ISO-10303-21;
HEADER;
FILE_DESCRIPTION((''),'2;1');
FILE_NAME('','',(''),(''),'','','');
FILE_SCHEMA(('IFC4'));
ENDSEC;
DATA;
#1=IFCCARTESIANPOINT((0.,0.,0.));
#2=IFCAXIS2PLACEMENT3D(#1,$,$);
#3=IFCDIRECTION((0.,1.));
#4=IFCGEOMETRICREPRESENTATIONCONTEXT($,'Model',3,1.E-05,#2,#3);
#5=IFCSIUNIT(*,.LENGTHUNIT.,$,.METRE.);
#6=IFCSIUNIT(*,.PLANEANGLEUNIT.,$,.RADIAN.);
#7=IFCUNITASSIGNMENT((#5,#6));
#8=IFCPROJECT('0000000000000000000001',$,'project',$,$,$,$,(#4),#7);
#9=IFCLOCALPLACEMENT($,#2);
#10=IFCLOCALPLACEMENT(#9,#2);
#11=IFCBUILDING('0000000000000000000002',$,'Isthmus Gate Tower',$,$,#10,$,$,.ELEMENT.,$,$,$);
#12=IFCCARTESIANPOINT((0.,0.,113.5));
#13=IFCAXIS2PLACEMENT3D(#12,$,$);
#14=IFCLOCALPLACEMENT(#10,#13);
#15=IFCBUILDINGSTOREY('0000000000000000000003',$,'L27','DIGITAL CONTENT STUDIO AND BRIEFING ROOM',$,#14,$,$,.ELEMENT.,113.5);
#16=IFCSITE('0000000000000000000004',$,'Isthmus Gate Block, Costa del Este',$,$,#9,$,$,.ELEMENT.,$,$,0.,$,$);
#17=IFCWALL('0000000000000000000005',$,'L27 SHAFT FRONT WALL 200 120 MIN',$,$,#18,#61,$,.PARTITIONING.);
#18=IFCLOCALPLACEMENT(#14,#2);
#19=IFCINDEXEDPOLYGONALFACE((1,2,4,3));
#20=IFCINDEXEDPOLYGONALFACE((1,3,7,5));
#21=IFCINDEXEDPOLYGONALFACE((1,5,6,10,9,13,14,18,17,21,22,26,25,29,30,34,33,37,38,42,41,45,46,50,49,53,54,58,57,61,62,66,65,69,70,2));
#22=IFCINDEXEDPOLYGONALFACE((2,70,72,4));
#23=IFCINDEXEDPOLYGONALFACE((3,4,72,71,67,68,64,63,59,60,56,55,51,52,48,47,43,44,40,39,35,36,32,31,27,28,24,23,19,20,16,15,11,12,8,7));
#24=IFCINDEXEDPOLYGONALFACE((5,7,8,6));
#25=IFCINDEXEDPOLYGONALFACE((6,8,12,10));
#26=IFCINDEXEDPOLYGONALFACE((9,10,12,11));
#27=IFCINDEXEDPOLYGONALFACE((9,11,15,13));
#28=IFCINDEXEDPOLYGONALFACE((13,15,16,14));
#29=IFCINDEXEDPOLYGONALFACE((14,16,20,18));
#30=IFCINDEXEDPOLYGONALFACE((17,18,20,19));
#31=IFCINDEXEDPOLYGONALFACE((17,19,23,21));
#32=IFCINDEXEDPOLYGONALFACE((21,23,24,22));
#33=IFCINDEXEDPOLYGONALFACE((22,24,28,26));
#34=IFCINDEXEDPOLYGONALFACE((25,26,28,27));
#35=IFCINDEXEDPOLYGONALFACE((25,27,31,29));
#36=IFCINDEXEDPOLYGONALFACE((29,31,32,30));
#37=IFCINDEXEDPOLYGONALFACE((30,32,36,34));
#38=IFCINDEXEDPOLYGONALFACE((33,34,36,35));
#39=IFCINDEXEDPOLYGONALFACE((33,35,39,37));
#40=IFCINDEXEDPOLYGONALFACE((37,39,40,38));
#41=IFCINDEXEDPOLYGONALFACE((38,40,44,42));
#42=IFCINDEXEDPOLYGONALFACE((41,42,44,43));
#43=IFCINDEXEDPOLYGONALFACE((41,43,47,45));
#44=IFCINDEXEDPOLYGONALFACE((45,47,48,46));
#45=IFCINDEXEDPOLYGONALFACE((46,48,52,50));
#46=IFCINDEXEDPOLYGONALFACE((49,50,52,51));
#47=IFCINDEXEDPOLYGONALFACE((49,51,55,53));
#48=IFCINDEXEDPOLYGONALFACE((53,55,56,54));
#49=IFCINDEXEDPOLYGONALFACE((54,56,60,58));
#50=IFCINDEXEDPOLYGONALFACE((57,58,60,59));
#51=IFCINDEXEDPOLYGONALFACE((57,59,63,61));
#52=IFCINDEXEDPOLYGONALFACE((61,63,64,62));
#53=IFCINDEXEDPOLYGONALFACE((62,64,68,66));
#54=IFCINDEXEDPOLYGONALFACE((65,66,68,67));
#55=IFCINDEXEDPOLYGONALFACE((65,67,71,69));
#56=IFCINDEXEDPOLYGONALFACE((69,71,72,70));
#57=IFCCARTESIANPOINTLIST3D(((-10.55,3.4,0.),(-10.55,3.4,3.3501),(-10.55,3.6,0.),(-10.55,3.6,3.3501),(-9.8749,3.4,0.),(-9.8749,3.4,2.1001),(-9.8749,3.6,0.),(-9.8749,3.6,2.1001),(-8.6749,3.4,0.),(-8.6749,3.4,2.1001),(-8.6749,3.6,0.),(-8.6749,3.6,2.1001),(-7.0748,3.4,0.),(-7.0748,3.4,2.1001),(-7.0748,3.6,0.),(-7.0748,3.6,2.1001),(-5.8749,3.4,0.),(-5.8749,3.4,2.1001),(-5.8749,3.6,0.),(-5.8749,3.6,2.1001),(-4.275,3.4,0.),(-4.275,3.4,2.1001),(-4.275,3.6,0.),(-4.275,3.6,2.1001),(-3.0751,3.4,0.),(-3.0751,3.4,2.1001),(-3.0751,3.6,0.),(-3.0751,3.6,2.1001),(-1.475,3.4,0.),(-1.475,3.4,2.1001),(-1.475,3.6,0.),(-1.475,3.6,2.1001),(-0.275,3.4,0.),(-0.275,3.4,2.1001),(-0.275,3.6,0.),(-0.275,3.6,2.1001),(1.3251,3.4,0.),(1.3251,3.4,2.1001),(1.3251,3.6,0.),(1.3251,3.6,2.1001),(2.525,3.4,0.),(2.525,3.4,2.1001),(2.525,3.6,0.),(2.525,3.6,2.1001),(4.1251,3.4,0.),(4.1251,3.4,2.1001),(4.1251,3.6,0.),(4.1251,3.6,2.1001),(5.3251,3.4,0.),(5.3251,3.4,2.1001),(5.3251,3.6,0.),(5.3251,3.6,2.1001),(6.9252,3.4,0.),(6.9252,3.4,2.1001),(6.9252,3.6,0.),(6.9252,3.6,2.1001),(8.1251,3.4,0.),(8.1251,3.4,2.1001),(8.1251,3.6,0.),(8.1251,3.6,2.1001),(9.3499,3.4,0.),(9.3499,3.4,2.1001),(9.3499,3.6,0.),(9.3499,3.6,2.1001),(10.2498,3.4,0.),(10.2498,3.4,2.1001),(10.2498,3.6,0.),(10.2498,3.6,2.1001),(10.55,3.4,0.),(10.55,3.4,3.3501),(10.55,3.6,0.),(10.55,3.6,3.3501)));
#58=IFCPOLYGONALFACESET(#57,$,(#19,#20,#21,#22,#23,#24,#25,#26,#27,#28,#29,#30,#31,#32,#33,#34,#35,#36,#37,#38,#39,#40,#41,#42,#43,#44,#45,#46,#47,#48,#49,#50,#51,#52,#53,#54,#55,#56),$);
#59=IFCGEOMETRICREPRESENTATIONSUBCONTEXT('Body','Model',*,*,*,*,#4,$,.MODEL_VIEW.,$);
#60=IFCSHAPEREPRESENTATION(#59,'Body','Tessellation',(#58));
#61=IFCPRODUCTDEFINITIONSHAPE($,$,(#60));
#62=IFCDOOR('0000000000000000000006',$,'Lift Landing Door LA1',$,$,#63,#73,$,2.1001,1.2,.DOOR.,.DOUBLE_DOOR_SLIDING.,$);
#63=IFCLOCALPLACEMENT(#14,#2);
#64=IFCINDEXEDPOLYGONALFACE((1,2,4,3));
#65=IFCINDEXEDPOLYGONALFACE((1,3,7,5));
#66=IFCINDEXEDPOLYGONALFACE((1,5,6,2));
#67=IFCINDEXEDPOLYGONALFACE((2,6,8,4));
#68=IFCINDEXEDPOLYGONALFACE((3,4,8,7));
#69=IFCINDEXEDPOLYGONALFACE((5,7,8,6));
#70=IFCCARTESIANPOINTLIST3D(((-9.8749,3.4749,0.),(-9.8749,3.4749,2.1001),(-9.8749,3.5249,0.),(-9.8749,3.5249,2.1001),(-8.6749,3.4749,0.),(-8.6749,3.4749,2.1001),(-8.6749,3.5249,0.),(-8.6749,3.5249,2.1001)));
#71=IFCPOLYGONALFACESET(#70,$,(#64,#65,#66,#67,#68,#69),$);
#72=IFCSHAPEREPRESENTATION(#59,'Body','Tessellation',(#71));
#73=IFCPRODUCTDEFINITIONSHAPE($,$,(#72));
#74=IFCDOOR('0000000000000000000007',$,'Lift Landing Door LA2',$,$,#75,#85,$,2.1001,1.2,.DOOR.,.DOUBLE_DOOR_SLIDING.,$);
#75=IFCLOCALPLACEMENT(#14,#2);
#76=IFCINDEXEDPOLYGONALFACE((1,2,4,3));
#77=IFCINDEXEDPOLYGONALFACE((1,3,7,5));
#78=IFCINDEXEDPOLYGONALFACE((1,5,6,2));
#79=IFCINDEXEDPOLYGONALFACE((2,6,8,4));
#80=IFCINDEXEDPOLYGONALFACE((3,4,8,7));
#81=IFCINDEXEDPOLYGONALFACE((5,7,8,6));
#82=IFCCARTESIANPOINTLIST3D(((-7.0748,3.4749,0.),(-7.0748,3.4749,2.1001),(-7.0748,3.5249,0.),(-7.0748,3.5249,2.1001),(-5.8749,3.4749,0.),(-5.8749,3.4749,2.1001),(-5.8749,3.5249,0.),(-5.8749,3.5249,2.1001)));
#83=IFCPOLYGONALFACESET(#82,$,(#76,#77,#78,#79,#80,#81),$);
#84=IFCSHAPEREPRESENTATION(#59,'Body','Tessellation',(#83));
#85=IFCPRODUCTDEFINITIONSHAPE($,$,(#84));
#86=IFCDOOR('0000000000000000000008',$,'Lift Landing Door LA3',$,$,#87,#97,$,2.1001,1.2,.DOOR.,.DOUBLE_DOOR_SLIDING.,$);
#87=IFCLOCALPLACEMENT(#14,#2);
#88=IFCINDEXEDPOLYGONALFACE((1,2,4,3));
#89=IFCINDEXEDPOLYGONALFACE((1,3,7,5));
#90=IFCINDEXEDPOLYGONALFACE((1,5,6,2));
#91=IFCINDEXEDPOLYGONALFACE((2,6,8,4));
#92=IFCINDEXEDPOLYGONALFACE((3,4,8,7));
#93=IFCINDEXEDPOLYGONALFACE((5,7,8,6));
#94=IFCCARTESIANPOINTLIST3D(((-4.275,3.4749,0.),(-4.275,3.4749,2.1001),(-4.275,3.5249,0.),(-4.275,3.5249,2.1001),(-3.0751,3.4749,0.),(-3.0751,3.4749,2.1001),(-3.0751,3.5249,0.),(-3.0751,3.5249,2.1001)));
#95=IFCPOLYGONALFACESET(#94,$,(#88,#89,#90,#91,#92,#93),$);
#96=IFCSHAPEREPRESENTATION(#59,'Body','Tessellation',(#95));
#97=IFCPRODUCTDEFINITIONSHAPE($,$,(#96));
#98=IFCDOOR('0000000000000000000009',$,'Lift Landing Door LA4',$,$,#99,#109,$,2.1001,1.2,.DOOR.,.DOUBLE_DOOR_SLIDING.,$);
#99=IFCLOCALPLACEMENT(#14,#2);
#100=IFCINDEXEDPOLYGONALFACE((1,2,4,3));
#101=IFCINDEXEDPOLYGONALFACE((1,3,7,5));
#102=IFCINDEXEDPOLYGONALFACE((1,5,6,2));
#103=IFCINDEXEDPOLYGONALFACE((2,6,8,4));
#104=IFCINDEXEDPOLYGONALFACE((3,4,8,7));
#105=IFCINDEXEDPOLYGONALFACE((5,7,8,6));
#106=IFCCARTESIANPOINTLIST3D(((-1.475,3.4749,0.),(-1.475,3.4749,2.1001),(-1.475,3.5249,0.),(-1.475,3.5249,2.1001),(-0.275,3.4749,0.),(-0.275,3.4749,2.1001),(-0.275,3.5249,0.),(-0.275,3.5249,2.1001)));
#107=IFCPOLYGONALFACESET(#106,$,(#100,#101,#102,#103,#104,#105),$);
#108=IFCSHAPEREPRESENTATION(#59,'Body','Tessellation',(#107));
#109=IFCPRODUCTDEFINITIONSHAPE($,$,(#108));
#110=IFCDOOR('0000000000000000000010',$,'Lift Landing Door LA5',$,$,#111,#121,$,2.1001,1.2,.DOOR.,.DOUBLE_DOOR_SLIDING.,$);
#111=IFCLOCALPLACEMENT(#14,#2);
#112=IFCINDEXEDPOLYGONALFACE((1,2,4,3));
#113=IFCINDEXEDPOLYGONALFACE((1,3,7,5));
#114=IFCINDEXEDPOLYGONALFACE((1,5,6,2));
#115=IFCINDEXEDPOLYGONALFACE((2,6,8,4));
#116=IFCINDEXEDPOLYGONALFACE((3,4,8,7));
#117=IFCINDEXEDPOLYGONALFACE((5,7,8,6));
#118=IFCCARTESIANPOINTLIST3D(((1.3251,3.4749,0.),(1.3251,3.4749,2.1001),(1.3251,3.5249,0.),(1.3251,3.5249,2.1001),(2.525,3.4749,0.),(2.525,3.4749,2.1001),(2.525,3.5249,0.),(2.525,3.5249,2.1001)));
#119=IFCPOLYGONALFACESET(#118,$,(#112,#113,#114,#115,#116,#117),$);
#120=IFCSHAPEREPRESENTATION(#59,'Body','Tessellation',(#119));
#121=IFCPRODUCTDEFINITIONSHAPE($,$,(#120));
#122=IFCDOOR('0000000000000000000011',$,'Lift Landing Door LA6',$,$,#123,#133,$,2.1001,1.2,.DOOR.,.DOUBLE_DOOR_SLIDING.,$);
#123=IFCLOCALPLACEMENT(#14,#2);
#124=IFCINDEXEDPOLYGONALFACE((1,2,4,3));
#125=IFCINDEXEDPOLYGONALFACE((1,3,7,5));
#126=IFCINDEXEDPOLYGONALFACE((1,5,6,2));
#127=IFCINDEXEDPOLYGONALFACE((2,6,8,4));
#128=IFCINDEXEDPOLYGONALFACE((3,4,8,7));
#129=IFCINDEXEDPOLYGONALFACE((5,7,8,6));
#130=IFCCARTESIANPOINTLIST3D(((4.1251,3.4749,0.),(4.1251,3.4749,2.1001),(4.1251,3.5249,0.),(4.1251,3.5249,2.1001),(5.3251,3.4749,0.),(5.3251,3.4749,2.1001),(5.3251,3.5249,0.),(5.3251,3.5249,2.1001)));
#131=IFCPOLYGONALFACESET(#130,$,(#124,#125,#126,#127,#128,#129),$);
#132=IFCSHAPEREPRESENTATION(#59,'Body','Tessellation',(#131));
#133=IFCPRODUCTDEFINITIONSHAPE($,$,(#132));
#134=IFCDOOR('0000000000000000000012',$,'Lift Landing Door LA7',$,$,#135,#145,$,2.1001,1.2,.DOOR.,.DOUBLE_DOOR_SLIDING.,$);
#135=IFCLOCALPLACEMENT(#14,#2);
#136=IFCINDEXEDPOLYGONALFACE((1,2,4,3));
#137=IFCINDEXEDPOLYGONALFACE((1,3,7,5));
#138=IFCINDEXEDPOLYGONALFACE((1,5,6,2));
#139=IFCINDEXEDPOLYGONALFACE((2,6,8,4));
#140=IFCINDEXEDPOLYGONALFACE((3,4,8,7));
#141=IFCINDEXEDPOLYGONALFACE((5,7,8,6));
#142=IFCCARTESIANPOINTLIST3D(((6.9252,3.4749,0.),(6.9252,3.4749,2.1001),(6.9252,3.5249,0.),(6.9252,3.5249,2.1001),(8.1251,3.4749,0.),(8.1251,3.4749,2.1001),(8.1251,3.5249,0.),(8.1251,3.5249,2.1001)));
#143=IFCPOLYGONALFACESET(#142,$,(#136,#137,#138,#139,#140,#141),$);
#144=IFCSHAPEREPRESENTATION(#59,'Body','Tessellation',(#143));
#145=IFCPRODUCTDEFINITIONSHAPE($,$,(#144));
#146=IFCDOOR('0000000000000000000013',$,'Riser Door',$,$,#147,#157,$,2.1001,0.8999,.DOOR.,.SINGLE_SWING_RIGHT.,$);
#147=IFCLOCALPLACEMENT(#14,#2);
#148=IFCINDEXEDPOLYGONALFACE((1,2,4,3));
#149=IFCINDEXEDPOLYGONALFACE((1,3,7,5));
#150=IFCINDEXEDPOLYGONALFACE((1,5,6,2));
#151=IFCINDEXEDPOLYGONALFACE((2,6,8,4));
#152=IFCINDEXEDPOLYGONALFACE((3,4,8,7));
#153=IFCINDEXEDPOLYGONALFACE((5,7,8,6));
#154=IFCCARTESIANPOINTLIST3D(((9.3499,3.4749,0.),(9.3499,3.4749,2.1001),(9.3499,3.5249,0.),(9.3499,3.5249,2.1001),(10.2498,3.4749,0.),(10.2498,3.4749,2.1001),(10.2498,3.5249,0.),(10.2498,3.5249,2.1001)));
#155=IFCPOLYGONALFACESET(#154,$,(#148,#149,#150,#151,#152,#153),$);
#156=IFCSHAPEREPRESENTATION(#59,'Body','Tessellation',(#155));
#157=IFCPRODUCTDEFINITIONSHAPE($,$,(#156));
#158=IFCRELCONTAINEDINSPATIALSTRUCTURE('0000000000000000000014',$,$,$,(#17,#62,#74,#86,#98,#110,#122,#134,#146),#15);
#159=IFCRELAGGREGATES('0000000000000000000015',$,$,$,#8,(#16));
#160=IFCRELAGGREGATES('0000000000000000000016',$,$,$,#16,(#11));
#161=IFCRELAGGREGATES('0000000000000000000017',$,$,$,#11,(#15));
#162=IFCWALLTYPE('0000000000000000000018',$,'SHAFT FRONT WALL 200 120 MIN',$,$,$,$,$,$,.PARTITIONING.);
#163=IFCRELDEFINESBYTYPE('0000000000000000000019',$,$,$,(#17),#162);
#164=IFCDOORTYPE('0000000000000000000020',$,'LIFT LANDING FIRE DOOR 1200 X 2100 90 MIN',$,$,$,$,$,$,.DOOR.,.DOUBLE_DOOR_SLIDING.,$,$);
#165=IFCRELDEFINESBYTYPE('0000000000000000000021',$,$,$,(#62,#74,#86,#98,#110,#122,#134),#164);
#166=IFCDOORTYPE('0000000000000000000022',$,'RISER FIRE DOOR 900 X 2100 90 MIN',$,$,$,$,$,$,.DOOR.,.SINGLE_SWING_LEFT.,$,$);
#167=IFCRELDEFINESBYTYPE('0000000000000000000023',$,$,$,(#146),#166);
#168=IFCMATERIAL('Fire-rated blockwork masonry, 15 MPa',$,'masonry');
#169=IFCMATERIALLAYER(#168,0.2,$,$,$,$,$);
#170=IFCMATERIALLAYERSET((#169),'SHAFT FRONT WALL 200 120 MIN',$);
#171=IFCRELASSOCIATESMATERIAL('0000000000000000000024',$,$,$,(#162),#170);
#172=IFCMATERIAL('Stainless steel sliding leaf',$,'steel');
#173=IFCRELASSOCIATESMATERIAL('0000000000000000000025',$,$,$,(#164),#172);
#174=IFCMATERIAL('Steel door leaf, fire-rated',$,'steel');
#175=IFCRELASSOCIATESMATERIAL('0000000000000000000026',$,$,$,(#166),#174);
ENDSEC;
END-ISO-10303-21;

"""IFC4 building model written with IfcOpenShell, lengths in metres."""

from ifc_helpers import new_model, si_unit, direction, frame, frame_2d, origin, place, context, subcontext, project, spatial, rectangle, extrude, material, layer, layer_set, type_object, element, fill, save


model = new_model("IFC4")

# Units and contexts
model_context = context("Model", 3, precision=1e-05, world=origin(), true_north=direction((0.0, 1.0)))
body_context = subcontext(model_context, "Body", "Model", "MODEL_VIEW")
ifc_project = project(units=[si_unit("LENGTHUNIT", "METRE"), si_unit("PLANEANGLEUNIT", "RADIAN")], contexts=[model_context])

# Site, building, storey
site_placement = place(None, origin())
site = spatial("IfcSite", under=ifc_project, at=site_placement, Name="Isthmus Gate Block, Costa del Este", CompositionType="ELEMENT", RefElevation=0.0)
building_placement = place(site_placement, origin())
building = spatial("IfcBuilding", under=site, at=building_placement, Name="Isthmus Gate Tower", CompositionType="ELEMENT")
storey_placement = place(building_placement, frame((0.0, 0.0, 113.5)))
storey = spatial("IfcBuildingStorey", under=building, at=storey_placement, Name="L27", Description="DIGITAL CONTENT STUDIO AND BRIEFING ROOM", CompositionType="ELEMENT", Elevation=113.5)

# Wall, openings, doors
ifc_material_1 = material(Name="Fire-rated blockwork masonry, 15 MPa", Category="masonry")
ifc_layer_1 = layer(ifc_material_1, 0.2)
ifc_layer_set_1 = layer_set([ifc_layer_1], Name="SHAFT FRONT WALL 200 120 MIN")
wall_type_1 = type_object("IfcWallType", Name="SHAFT FRONT WALL 200 120 MIN", PredefinedType="PARTITIONING", material=ifc_layer_set_1)
wall_1_placement = place(storey_placement, frame((-10.55, 3.5, 0.0), z_axis=(0.0, 0.0, 1.0), x_axis=(1.0, 0.0, 0.0)))
wall_1 = element("IfcWall", 1, at=wall_1_placement, inside=storey, type_object=wall_type_1, Name="L27 SHAFT FRONT WALL 200 120 MIN", PredefinedType="PARTITIONING", context=body_context, shape_type="SweptSolid", body=[
    extrude(rectangle(XDim=21.1001, YDim=0.2, at=frame_2d((10.55, 0.0))), origin(), (0.0, 0.0, 1.0), 3.3501),
])
opening_1_placement = place(wall_1_placement, frame((0.675, 0.0, 0.0)))
opening_1 = element("IfcOpeningElement", 2, at=opening_1_placement, cuts=wall_1, PredefinedType="OPENING", context=body_context, shape_type="SweptSolid", body=[
    extrude(rectangle(XDim=1.2, YDim=2.1001, at=frame_2d((0.6001, 1.05))), frame((0.0, 0.1099, 0.0), z_axis=(0.0, -1.0, 0.0), x_axis=(1.0, 0.0, 0.0)), (0.0, 0.0, 1.0), 0.22),
])
opening_2_placement = place(wall_1_placement, frame((3.4751, 0.0, 0.0)))
opening_2 = element("IfcOpeningElement", 3, at=opening_2_placement, cuts=wall_1, PredefinedType="OPENING", context=body_context, shape_type="SweptSolid", body=[
    extrude(rectangle(XDim=1.2, YDim=2.1001, at=frame_2d((0.6001, 1.05))), frame((0.0, 0.1099, 0.0), z_axis=(0.0, -1.0, 0.0), x_axis=(1.0, 0.0, 0.0)), (0.0, 0.0, 1.0), 0.22),
])
opening_3_placement = place(wall_1_placement, frame((6.2749, 0.0, 0.0)))
opening_3 = element("IfcOpeningElement", 4, at=opening_3_placement, cuts=wall_1, PredefinedType="OPENING", context=body_context, shape_type="SweptSolid", body=[
    extrude(rectangle(XDim=1.2, YDim=2.1001, at=frame_2d((0.6001, 1.05))), frame((0.0, 0.1099, 0.0), z_axis=(0.0, -1.0, 0.0), x_axis=(1.0, 0.0, 0.0)), (0.0, 0.0, 1.0), 0.22),
])
opening_4_placement = place(wall_1_placement, frame((9.075, 0.0, 0.0)))
opening_4 = element("IfcOpeningElement", 5, at=opening_4_placement, cuts=wall_1, PredefinedType="OPENING", context=body_context, shape_type="SweptSolid", body=[
    extrude(rectangle(XDim=1.2, YDim=2.1001, at=frame_2d((0.6001, 1.05))), frame((0.0, 0.1099, 0.0), z_axis=(0.0, -1.0, 0.0), x_axis=(1.0, 0.0, 0.0)), (0.0, 0.0, 1.0), 0.22),
])
opening_5_placement = place(wall_1_placement, frame((11.875, 0.0, 0.0)))
opening_5 = element("IfcOpeningElement", 6, at=opening_5_placement, cuts=wall_1, PredefinedType="OPENING", context=body_context, shape_type="SweptSolid", body=[
    extrude(rectangle(XDim=1.2, YDim=2.1001, at=frame_2d((0.6001, 1.05))), frame((0.0, 0.1099, 0.0), z_axis=(0.0, -1.0, 0.0), x_axis=(1.0, 0.0, 0.0)), (0.0, 0.0, 1.0), 0.22),
])
opening_6_placement = place(wall_1_placement, frame((14.675, 0.0, 0.0)))
opening_6 = element("IfcOpeningElement", 7, at=opening_6_placement, cuts=wall_1, PredefinedType="OPENING", context=body_context, shape_type="SweptSolid", body=[
    extrude(rectangle(XDim=1.2, YDim=2.1001, at=frame_2d((0.6001, 1.05))), frame((0.0, 0.1099, 0.0), z_axis=(0.0, -1.0, 0.0), x_axis=(1.0, 0.0, 0.0)), (0.0, 0.0, 1.0), 0.22),
])
opening_7_placement = place(wall_1_placement, frame((17.4751, 0.0, 0.0)))
opening_7 = element("IfcOpeningElement", 8, at=opening_7_placement, cuts=wall_1, PredefinedType="OPENING", context=body_context, shape_type="SweptSolid", body=[
    extrude(rectangle(XDim=1.2, YDim=2.1001, at=frame_2d((0.6001, 1.05))), frame((0.0, 0.1099, 0.0), z_axis=(0.0, -1.0, 0.0), x_axis=(1.0, 0.0, 0.0)), (0.0, 0.0, 1.0), 0.22),
])
opening_8_placement = place(wall_1_placement, frame((19.8999, 0.0, 0.0)))
opening_8 = element("IfcOpeningElement", 9, at=opening_8_placement, cuts=wall_1, PredefinedType="OPENING", context=body_context, shape_type="SweptSolid", body=[
    extrude(rectangle(XDim=0.8999, YDim=2.1001, at=frame_2d((0.45, 1.05))), frame((0.0, 0.1099, 0.0), z_axis=(0.0, -1.0, 0.0), x_axis=(1.0, 0.0, 0.0)), (0.0, 0.0, 1.0), 0.22),
])
ifc_material_2 = material(Name="Stainless steel sliding leaf", Category="steel")
door_type_1 = type_object("IfcDoorType", Name="LIFT LANDING FIRE DOOR 1200 X 2100 90 MIN", OperationType="DOUBLE_DOOR_SLIDING", PredefinedType="DOOR", material=ifc_material_2)
door_1_placement = place(opening_1_placement, origin())
door_1 = element("IfcDoor", 10, at=door_1_placement, inside=storey, type_object=door_type_1, Name="Lift Landing Door LA1", OperationType="DOUBLE_DOOR_SLIDING", OverallHeight=2.1001, OverallWidth=1.2, PredefinedType="DOOR", context=body_context, shape_type="SweptSolid", body=[
    extrude(rectangle(XDim=1.2, YDim=2.1001, at=frame_2d((0.6001, 1.05))), frame((0.0, 0.0249, 0.0), z_axis=(0.0, -1.0, 0.0), x_axis=(1.0, 0.0, 0.0)), (0.0, 0.0, 1.0), 0.05),
])
fill(opening_1, door_1)
door_2_placement = place(opening_2_placement, origin())
door_2 = element("IfcDoor", 11, at=door_2_placement, inside=storey, type_object=door_type_1, Name="Lift Landing Door LA2", OperationType="DOUBLE_DOOR_SLIDING", OverallHeight=2.1001, OverallWidth=1.2, PredefinedType="DOOR", context=body_context, shape_type="SweptSolid", body=[
    extrude(rectangle(XDim=1.2, YDim=2.1001, at=frame_2d((0.6001, 1.05))), frame((0.0, 0.0249, 0.0), z_axis=(0.0, -1.0, 0.0), x_axis=(1.0, 0.0, 0.0)), (0.0, 0.0, 1.0), 0.05),
])
fill(opening_2, door_2)
door_3_placement = place(opening_3_placement, origin())
door_3 = element("IfcDoor", 12, at=door_3_placement, inside=storey, type_object=door_type_1, Name="Lift Landing Door LA3", OperationType="DOUBLE_DOOR_SLIDING", OverallHeight=2.1001, OverallWidth=1.2, PredefinedType="DOOR", context=body_context, shape_type="SweptSolid", body=[
    extrude(rectangle(XDim=1.2, YDim=2.1001, at=frame_2d((0.6001, 1.05))), frame((0.0, 0.0249, 0.0), z_axis=(0.0, -1.0, 0.0), x_axis=(1.0, 0.0, 0.0)), (0.0, 0.0, 1.0), 0.05),
])
fill(opening_3, door_3)
door_4_placement = place(opening_4_placement, origin())
door_4 = element("IfcDoor", 13, at=door_4_placement, inside=storey, type_object=door_type_1, Name="Lift Landing Door LA4", OperationType="DOUBLE_DOOR_SLIDING", OverallHeight=2.1001, OverallWidth=1.2, PredefinedType="DOOR", context=body_context, shape_type="SweptSolid", body=[
    extrude(rectangle(XDim=1.2, YDim=2.1001, at=frame_2d((0.6001, 1.05))), frame((0.0, 0.0249, 0.0), z_axis=(0.0, -1.0, 0.0), x_axis=(1.0, 0.0, 0.0)), (0.0, 0.0, 1.0), 0.05),
])
fill(opening_4, door_4)
door_5_placement = place(opening_5_placement, origin())
door_5 = element("IfcDoor", 14, at=door_5_placement, inside=storey, type_object=door_type_1, Name="Lift Landing Door LA5", OperationType="DOUBLE_DOOR_SLIDING", OverallHeight=2.1001, OverallWidth=1.2, PredefinedType="DOOR", context=body_context, shape_type="SweptSolid", body=[
    extrude(rectangle(XDim=1.2, YDim=2.1001, at=frame_2d((0.6001, 1.05))), frame((0.0, 0.0249, 0.0), z_axis=(0.0, -1.0, 0.0), x_axis=(1.0, 0.0, 0.0)), (0.0, 0.0, 1.0), 0.05),
])
fill(opening_5, door_5)
door_6_placement = place(opening_6_placement, origin())
door_6 = element("IfcDoor", 15, at=door_6_placement, inside=storey, type_object=door_type_1, Name="Lift Landing Door LA6", OperationType="DOUBLE_DOOR_SLIDING", OverallHeight=2.1001, OverallWidth=1.2, PredefinedType="DOOR", context=body_context, shape_type="SweptSolid", body=[
    extrude(rectangle(XDim=1.2, YDim=2.1001, at=frame_2d((0.6001, 1.05))), frame((0.0, 0.0249, 0.0), z_axis=(0.0, -1.0, 0.0), x_axis=(1.0, 0.0, 0.0)), (0.0, 0.0, 1.0), 0.05),
])
fill(opening_6, door_6)
door_7_placement = place(opening_7_placement, origin())
door_7 = element("IfcDoor", 16, at=door_7_placement, inside=storey, type_object=door_type_1, Name="Lift Landing Door LA7", OperationType="DOUBLE_DOOR_SLIDING", OverallHeight=2.1001, OverallWidth=1.2, PredefinedType="DOOR", context=body_context, shape_type="SweptSolid", body=[
    extrude(rectangle(XDim=1.2, YDim=2.1001, at=frame_2d((0.6001, 1.05))), frame((0.0, 0.0249, 0.0), z_axis=(0.0, -1.0, 0.0), x_axis=(1.0, 0.0, 0.0)), (0.0, 0.0, 1.0), 0.05),
])
fill(opening_7, door_7)
ifc_material_3 = material(Name="Steel door leaf, fire-rated", Category="steel")
door_type_2 = type_object("IfcDoorType", Name="RISER FIRE DOOR 900 X 2100 90 MIN", OperationType="SINGLE_SWING_LEFT", PredefinedType="DOOR", material=ifc_material_3)
door_8_placement = place(opening_8_placement, origin())
door_8 = element("IfcDoor", 17, at=door_8_placement, inside=storey, type_object=door_type_2, Name="Riser Door", OperationType="SINGLE_SWING_RIGHT", OverallHeight=2.1001, OverallWidth=0.8999, PredefinedType="DOOR", context=body_context, shape_type="SweptSolid", body=[
    extrude(rectangle(XDim=0.8999, YDim=2.1001, at=frame_2d((0.45, 1.05))), frame((0.0, 0.0249, 0.0), z_axis=(0.0, -1.0, 0.0), x_axis=(1.0, 0.0, 0.0)), (0.0, 0.0, 1.0), 0.05),
])
fill(opening_8, door_8)

save(model, "model.ifc")
